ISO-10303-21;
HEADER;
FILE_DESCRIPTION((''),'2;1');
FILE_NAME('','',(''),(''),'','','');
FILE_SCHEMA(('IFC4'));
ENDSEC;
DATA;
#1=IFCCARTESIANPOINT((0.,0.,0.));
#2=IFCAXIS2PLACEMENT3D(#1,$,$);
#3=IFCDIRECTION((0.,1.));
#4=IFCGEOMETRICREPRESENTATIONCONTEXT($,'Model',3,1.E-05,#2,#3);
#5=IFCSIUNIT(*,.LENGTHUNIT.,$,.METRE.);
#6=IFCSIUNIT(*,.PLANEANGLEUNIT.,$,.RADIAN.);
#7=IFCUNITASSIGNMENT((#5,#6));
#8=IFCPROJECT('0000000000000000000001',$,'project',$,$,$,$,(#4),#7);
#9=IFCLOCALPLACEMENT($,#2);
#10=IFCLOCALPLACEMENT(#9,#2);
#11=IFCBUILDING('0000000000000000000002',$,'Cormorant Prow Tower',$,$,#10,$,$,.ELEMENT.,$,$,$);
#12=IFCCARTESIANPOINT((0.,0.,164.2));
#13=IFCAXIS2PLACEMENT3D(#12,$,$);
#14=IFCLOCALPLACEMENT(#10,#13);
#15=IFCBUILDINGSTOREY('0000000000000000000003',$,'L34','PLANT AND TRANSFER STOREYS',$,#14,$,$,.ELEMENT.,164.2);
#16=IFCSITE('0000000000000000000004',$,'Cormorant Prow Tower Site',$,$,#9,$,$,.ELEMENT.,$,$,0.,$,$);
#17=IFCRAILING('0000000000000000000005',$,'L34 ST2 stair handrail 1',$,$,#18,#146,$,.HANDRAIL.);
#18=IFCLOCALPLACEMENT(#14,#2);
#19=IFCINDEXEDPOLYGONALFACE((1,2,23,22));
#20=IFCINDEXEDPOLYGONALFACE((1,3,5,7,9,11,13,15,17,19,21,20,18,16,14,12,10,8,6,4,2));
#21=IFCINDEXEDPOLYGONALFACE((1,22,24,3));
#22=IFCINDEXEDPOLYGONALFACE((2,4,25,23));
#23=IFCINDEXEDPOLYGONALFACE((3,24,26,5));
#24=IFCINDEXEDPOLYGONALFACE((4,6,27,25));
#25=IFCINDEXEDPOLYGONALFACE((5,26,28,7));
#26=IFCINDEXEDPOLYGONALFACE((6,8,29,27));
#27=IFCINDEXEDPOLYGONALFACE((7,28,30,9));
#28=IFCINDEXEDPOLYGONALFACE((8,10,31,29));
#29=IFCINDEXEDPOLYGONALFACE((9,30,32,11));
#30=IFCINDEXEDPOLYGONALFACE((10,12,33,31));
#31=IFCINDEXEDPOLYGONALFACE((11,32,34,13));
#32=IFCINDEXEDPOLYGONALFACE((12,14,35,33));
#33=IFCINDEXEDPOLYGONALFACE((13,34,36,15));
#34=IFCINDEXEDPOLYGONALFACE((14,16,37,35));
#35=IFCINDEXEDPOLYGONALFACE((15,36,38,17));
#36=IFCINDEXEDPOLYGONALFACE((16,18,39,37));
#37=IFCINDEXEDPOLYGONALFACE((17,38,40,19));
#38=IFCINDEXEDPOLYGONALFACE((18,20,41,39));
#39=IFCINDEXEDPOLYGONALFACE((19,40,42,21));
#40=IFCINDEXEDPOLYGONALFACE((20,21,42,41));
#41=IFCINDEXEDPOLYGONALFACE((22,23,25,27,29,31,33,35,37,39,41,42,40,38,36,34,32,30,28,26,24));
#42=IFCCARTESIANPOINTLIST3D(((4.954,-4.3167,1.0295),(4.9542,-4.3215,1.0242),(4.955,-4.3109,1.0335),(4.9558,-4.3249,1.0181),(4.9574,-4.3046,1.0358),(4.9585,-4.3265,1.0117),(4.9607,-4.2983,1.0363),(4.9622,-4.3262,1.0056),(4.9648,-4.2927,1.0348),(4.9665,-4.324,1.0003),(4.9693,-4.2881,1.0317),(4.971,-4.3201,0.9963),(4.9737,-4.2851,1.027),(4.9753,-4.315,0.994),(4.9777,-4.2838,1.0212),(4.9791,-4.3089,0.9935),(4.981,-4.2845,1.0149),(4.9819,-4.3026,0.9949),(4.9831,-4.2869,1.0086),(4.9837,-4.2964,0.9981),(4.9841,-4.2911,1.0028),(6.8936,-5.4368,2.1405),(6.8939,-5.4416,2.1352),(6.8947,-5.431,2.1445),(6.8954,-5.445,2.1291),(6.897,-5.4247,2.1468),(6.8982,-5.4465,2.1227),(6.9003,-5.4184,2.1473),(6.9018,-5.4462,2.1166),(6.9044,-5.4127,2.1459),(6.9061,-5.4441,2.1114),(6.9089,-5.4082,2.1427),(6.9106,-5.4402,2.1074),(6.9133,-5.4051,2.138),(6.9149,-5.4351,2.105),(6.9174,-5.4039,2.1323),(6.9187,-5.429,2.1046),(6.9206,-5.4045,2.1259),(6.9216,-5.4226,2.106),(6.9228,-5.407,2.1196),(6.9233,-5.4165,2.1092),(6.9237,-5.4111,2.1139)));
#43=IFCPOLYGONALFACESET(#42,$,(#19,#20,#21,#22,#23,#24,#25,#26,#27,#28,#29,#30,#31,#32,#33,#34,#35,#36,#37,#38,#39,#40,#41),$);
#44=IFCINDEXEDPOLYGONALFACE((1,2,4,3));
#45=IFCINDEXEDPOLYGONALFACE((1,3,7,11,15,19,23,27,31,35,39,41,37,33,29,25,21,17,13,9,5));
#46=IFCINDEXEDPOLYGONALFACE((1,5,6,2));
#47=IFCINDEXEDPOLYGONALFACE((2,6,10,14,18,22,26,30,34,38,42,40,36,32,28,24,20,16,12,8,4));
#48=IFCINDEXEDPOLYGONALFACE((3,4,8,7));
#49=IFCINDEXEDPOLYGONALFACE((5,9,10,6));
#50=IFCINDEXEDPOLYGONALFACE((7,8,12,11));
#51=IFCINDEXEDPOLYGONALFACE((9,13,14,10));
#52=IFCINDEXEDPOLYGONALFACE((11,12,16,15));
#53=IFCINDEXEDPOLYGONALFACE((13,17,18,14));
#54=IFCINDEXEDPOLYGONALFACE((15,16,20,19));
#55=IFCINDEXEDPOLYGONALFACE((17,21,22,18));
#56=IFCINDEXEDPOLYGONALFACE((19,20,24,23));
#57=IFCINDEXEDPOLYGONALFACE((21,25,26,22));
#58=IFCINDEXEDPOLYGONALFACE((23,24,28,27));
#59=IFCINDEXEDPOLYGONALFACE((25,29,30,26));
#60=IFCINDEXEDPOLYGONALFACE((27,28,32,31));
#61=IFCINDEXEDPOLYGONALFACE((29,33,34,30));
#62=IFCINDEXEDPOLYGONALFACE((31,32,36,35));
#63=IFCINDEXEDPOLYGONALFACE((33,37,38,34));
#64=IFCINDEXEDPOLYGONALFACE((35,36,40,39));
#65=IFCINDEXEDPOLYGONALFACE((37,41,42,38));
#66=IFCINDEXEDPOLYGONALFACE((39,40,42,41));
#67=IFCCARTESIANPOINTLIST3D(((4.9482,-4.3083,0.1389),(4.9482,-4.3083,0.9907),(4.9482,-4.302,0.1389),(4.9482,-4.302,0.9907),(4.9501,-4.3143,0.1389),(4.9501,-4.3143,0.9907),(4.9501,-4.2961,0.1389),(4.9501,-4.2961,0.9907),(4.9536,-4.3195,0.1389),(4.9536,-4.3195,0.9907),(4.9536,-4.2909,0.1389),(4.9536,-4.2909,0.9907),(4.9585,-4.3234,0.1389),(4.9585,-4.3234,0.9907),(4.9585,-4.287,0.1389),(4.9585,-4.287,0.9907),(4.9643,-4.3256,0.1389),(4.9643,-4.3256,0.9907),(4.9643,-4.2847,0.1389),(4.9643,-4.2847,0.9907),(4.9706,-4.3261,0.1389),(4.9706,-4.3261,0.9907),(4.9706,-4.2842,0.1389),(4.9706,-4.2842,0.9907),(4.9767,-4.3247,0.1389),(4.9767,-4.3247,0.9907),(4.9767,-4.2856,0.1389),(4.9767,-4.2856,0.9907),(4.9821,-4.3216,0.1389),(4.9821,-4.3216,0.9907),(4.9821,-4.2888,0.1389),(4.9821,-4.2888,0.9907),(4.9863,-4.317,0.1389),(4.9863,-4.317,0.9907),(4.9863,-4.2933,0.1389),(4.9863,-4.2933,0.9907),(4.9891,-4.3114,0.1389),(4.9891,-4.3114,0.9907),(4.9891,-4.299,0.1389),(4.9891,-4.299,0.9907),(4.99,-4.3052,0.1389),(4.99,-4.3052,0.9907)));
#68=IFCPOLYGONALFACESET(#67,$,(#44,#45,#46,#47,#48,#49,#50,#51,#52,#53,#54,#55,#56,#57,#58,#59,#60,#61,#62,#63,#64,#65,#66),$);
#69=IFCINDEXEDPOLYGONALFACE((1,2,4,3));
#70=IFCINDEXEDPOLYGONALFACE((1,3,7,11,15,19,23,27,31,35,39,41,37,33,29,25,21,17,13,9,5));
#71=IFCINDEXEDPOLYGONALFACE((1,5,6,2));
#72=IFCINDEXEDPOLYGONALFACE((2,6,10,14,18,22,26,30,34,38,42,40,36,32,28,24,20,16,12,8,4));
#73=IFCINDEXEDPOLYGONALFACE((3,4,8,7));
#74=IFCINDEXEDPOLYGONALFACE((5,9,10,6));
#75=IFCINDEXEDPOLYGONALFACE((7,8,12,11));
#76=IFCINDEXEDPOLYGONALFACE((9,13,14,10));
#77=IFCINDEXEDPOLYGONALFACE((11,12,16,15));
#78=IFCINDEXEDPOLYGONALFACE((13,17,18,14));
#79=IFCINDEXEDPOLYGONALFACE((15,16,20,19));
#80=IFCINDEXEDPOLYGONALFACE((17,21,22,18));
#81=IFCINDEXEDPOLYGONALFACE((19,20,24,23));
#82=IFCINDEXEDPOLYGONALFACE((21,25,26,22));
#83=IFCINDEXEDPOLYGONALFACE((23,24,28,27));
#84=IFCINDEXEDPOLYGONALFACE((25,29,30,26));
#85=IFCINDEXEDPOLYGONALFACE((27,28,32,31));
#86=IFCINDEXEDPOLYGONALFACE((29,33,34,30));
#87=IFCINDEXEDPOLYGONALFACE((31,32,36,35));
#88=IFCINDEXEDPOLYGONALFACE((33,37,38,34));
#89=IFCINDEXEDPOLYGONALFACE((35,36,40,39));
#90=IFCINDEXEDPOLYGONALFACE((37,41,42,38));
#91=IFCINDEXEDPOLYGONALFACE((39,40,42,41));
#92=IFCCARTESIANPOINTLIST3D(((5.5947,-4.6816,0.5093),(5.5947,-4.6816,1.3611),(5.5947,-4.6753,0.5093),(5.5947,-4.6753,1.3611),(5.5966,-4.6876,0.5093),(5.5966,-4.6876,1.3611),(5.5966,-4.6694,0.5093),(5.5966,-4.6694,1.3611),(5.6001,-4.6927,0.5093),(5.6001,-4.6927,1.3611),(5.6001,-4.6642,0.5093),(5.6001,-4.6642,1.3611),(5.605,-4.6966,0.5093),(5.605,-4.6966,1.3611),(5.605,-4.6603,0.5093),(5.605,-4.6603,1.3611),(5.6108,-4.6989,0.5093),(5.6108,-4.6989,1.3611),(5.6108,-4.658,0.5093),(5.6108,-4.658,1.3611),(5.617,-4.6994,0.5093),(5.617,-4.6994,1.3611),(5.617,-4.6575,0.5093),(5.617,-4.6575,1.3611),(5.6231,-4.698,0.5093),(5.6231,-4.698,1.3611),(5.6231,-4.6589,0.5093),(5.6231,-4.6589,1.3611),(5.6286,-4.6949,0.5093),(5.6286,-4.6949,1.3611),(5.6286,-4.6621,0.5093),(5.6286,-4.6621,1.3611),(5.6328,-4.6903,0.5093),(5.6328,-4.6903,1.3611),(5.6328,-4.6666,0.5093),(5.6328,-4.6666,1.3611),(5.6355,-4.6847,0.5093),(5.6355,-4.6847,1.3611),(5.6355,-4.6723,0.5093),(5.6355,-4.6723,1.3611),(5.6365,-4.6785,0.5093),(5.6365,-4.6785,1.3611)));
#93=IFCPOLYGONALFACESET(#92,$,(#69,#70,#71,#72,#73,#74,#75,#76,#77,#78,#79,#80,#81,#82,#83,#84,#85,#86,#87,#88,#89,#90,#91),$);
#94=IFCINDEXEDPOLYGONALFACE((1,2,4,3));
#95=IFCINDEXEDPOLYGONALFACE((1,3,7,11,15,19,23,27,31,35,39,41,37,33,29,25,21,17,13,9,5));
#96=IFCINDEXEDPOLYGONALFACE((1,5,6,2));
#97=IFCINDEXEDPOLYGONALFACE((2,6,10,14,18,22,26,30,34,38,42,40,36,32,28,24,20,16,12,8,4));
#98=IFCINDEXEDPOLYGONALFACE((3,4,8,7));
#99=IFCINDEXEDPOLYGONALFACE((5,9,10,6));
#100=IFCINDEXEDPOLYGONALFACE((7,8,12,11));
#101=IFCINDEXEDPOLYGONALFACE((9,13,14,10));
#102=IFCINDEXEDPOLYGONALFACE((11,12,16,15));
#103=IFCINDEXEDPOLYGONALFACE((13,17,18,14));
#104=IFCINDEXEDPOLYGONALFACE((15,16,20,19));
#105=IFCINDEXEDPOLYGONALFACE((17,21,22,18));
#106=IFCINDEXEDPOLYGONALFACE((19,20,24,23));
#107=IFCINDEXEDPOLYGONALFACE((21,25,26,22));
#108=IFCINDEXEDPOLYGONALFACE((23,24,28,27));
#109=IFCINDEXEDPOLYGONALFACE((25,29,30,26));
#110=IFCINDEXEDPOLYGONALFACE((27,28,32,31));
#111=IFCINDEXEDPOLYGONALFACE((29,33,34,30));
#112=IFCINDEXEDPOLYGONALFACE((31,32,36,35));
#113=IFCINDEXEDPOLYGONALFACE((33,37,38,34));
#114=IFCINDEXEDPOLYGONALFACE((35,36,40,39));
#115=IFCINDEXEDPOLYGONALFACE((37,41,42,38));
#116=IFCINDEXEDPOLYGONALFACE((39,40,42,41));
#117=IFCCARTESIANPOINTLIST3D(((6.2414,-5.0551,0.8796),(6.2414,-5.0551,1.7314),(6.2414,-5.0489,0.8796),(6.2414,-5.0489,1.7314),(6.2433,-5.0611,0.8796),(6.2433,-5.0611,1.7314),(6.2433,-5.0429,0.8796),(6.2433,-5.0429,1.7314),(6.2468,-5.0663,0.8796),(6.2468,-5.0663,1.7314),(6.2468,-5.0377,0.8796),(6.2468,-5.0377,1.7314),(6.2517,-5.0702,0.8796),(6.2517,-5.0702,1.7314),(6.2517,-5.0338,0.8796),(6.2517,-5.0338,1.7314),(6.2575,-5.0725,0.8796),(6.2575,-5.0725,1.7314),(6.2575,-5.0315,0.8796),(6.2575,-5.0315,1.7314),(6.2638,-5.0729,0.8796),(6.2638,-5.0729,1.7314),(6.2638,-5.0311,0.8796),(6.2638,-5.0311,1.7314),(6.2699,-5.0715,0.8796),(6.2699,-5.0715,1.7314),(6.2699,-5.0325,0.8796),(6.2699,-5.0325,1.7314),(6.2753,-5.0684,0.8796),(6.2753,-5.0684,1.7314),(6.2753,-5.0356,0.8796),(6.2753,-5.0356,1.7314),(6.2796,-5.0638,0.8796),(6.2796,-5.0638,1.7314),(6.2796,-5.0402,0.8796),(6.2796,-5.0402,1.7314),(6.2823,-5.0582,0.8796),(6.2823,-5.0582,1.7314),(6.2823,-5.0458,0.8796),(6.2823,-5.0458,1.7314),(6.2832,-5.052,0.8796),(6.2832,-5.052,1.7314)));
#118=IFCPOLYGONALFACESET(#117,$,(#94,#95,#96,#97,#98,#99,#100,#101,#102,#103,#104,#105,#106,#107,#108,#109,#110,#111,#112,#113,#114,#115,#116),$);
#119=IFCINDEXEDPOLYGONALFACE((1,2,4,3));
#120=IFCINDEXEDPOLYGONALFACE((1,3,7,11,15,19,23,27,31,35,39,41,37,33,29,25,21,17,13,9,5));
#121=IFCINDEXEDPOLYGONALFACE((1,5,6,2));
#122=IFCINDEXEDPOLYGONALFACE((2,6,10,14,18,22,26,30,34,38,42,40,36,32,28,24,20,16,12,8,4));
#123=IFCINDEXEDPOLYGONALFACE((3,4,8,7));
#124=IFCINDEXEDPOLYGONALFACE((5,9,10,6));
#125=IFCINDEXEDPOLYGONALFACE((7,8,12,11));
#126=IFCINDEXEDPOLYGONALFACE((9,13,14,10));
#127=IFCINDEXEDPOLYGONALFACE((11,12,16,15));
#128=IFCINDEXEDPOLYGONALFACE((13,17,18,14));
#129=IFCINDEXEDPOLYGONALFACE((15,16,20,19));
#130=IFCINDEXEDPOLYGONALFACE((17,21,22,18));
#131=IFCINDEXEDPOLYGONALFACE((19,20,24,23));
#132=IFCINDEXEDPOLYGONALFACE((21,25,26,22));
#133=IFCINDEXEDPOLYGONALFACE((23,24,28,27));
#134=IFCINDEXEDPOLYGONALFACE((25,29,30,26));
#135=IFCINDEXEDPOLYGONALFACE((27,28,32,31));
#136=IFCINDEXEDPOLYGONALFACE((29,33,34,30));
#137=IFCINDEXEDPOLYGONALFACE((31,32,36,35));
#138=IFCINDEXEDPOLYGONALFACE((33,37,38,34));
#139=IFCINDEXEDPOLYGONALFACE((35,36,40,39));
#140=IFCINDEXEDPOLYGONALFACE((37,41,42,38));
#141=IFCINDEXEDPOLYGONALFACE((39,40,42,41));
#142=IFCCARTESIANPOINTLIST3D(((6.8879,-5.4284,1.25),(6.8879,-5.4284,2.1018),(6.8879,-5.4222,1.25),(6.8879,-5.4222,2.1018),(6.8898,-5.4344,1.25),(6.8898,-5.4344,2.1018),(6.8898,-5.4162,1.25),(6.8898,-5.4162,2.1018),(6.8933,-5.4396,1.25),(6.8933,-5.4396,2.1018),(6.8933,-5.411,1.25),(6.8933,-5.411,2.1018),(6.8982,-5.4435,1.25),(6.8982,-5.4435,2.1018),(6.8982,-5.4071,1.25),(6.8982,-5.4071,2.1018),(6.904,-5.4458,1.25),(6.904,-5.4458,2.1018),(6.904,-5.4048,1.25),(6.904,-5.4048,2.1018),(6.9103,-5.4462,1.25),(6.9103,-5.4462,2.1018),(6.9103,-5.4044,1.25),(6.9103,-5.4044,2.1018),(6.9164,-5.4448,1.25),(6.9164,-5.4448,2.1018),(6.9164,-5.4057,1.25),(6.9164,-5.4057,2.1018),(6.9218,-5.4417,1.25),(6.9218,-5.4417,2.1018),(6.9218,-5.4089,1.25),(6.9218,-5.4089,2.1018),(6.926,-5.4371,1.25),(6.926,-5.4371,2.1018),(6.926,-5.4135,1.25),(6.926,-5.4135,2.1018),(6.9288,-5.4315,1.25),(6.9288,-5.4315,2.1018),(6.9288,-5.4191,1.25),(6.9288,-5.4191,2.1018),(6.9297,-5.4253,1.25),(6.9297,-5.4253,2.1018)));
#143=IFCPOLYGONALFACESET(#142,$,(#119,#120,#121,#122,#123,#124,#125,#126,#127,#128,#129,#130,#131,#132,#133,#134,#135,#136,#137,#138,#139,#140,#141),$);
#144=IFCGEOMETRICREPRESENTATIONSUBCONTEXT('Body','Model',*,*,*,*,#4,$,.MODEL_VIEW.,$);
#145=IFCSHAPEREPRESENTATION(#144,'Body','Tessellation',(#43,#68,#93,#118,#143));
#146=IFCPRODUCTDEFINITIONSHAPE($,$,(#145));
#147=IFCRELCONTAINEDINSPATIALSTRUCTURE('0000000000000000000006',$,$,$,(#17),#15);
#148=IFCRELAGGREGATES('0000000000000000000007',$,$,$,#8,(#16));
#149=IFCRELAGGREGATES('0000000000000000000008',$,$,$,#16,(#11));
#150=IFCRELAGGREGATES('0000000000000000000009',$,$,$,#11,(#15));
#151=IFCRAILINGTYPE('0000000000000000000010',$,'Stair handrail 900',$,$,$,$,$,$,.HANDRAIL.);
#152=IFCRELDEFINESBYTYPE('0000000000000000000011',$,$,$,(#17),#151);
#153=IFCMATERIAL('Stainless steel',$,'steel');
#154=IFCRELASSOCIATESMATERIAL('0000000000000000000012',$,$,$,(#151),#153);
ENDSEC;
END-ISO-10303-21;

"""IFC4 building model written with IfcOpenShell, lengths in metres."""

from ifc_helpers import new_model, si_unit, direction, frame, origin, origin_2d, place, context, subcontext, project, spatial, circle, extrude, material, type_object, element, save


model = new_model("IFC4")

# Units and contexts
model_context = context("Model", 3, precision=1e-05, world=origin(), true_north=direction((0.0, 1.0)))
body_context = subcontext(model_context, "Body", "Model", "MODEL_VIEW")
ifc_project = project(units=[si_unit("LENGTHUNIT", "METRE"), si_unit("PLANEANGLEUNIT", "RADIAN")], contexts=[model_context])

# Site, building, storey
site_placement = place(None, origin())
site = spatial("IfcSite", under=ifc_project, at=site_placement, Name="Cormorant Prow Tower Site", CompositionType="ELEMENT", RefElevation=0.0)
building_placement = place(site_placement, origin())
building = spatial("IfcBuilding", under=site, at=building_placement, Name="Cormorant Prow Tower", CompositionType="ELEMENT")
storey_placement = place(building_placement, frame((0.0, 0.0, 164.2)))
storey = spatial("IfcBuildingStorey", under=building, at=storey_placement, Name="L34", Description="PLANT AND TRANSFER STOREYS", CompositionType="ELEMENT", Elevation=164.2)

# Railing
ifc_material_1 = material(Name="Stainless steel", Category="steel")
railing_type_1 = type_object("IfcRailingType", Name="Stair handrail 900", PredefinedType="HANDRAIL", material=ifc_material_1)
railing_1_placement = place(storey_placement, frame((4.969, -4.3052, 0.1389)))
element("IfcRailing", 1, at=railing_1_placement, inside=storey, type_object=railing_type_1, Name="L34 ST2 stair handrail 1", PredefinedType="HANDRAIL", context=body_context, shape_type="SweptSolid", body=[
    extrude(circle(Radius=0.0239, at=origin_2d()), frame((0.0, 0.0, 0.876), z_axis=(0.77578, -0.44799, 0.444377), x_axis=(0.500078, 0.86598, 0.0)), (0.0, 0.0, 1.0), 2.5002),
    extrude(circle(Radius=0.021, at=origin_2d()), origin(), (0.0, 0.0, 1.0), 0.8518),
    extrude(circle(Radius=0.021, at=origin_2d()), frame((0.6465, -0.3733, 0.3704)), (0.0, 0.0, 1.0), 0.8518),
    extrude(circle(Radius=0.021, at=origin_2d()), frame((1.2932, -0.7468, 0.7407)), (0.0, 0.0, 1.0), 0.8518),
    extrude(circle(Radius=0.021, at=origin_2d()), frame((1.9397, -1.1201, 1.1111)), (0.0, 0.0, 1.0), 0.8518),
])

save(model, "model.ifc")
